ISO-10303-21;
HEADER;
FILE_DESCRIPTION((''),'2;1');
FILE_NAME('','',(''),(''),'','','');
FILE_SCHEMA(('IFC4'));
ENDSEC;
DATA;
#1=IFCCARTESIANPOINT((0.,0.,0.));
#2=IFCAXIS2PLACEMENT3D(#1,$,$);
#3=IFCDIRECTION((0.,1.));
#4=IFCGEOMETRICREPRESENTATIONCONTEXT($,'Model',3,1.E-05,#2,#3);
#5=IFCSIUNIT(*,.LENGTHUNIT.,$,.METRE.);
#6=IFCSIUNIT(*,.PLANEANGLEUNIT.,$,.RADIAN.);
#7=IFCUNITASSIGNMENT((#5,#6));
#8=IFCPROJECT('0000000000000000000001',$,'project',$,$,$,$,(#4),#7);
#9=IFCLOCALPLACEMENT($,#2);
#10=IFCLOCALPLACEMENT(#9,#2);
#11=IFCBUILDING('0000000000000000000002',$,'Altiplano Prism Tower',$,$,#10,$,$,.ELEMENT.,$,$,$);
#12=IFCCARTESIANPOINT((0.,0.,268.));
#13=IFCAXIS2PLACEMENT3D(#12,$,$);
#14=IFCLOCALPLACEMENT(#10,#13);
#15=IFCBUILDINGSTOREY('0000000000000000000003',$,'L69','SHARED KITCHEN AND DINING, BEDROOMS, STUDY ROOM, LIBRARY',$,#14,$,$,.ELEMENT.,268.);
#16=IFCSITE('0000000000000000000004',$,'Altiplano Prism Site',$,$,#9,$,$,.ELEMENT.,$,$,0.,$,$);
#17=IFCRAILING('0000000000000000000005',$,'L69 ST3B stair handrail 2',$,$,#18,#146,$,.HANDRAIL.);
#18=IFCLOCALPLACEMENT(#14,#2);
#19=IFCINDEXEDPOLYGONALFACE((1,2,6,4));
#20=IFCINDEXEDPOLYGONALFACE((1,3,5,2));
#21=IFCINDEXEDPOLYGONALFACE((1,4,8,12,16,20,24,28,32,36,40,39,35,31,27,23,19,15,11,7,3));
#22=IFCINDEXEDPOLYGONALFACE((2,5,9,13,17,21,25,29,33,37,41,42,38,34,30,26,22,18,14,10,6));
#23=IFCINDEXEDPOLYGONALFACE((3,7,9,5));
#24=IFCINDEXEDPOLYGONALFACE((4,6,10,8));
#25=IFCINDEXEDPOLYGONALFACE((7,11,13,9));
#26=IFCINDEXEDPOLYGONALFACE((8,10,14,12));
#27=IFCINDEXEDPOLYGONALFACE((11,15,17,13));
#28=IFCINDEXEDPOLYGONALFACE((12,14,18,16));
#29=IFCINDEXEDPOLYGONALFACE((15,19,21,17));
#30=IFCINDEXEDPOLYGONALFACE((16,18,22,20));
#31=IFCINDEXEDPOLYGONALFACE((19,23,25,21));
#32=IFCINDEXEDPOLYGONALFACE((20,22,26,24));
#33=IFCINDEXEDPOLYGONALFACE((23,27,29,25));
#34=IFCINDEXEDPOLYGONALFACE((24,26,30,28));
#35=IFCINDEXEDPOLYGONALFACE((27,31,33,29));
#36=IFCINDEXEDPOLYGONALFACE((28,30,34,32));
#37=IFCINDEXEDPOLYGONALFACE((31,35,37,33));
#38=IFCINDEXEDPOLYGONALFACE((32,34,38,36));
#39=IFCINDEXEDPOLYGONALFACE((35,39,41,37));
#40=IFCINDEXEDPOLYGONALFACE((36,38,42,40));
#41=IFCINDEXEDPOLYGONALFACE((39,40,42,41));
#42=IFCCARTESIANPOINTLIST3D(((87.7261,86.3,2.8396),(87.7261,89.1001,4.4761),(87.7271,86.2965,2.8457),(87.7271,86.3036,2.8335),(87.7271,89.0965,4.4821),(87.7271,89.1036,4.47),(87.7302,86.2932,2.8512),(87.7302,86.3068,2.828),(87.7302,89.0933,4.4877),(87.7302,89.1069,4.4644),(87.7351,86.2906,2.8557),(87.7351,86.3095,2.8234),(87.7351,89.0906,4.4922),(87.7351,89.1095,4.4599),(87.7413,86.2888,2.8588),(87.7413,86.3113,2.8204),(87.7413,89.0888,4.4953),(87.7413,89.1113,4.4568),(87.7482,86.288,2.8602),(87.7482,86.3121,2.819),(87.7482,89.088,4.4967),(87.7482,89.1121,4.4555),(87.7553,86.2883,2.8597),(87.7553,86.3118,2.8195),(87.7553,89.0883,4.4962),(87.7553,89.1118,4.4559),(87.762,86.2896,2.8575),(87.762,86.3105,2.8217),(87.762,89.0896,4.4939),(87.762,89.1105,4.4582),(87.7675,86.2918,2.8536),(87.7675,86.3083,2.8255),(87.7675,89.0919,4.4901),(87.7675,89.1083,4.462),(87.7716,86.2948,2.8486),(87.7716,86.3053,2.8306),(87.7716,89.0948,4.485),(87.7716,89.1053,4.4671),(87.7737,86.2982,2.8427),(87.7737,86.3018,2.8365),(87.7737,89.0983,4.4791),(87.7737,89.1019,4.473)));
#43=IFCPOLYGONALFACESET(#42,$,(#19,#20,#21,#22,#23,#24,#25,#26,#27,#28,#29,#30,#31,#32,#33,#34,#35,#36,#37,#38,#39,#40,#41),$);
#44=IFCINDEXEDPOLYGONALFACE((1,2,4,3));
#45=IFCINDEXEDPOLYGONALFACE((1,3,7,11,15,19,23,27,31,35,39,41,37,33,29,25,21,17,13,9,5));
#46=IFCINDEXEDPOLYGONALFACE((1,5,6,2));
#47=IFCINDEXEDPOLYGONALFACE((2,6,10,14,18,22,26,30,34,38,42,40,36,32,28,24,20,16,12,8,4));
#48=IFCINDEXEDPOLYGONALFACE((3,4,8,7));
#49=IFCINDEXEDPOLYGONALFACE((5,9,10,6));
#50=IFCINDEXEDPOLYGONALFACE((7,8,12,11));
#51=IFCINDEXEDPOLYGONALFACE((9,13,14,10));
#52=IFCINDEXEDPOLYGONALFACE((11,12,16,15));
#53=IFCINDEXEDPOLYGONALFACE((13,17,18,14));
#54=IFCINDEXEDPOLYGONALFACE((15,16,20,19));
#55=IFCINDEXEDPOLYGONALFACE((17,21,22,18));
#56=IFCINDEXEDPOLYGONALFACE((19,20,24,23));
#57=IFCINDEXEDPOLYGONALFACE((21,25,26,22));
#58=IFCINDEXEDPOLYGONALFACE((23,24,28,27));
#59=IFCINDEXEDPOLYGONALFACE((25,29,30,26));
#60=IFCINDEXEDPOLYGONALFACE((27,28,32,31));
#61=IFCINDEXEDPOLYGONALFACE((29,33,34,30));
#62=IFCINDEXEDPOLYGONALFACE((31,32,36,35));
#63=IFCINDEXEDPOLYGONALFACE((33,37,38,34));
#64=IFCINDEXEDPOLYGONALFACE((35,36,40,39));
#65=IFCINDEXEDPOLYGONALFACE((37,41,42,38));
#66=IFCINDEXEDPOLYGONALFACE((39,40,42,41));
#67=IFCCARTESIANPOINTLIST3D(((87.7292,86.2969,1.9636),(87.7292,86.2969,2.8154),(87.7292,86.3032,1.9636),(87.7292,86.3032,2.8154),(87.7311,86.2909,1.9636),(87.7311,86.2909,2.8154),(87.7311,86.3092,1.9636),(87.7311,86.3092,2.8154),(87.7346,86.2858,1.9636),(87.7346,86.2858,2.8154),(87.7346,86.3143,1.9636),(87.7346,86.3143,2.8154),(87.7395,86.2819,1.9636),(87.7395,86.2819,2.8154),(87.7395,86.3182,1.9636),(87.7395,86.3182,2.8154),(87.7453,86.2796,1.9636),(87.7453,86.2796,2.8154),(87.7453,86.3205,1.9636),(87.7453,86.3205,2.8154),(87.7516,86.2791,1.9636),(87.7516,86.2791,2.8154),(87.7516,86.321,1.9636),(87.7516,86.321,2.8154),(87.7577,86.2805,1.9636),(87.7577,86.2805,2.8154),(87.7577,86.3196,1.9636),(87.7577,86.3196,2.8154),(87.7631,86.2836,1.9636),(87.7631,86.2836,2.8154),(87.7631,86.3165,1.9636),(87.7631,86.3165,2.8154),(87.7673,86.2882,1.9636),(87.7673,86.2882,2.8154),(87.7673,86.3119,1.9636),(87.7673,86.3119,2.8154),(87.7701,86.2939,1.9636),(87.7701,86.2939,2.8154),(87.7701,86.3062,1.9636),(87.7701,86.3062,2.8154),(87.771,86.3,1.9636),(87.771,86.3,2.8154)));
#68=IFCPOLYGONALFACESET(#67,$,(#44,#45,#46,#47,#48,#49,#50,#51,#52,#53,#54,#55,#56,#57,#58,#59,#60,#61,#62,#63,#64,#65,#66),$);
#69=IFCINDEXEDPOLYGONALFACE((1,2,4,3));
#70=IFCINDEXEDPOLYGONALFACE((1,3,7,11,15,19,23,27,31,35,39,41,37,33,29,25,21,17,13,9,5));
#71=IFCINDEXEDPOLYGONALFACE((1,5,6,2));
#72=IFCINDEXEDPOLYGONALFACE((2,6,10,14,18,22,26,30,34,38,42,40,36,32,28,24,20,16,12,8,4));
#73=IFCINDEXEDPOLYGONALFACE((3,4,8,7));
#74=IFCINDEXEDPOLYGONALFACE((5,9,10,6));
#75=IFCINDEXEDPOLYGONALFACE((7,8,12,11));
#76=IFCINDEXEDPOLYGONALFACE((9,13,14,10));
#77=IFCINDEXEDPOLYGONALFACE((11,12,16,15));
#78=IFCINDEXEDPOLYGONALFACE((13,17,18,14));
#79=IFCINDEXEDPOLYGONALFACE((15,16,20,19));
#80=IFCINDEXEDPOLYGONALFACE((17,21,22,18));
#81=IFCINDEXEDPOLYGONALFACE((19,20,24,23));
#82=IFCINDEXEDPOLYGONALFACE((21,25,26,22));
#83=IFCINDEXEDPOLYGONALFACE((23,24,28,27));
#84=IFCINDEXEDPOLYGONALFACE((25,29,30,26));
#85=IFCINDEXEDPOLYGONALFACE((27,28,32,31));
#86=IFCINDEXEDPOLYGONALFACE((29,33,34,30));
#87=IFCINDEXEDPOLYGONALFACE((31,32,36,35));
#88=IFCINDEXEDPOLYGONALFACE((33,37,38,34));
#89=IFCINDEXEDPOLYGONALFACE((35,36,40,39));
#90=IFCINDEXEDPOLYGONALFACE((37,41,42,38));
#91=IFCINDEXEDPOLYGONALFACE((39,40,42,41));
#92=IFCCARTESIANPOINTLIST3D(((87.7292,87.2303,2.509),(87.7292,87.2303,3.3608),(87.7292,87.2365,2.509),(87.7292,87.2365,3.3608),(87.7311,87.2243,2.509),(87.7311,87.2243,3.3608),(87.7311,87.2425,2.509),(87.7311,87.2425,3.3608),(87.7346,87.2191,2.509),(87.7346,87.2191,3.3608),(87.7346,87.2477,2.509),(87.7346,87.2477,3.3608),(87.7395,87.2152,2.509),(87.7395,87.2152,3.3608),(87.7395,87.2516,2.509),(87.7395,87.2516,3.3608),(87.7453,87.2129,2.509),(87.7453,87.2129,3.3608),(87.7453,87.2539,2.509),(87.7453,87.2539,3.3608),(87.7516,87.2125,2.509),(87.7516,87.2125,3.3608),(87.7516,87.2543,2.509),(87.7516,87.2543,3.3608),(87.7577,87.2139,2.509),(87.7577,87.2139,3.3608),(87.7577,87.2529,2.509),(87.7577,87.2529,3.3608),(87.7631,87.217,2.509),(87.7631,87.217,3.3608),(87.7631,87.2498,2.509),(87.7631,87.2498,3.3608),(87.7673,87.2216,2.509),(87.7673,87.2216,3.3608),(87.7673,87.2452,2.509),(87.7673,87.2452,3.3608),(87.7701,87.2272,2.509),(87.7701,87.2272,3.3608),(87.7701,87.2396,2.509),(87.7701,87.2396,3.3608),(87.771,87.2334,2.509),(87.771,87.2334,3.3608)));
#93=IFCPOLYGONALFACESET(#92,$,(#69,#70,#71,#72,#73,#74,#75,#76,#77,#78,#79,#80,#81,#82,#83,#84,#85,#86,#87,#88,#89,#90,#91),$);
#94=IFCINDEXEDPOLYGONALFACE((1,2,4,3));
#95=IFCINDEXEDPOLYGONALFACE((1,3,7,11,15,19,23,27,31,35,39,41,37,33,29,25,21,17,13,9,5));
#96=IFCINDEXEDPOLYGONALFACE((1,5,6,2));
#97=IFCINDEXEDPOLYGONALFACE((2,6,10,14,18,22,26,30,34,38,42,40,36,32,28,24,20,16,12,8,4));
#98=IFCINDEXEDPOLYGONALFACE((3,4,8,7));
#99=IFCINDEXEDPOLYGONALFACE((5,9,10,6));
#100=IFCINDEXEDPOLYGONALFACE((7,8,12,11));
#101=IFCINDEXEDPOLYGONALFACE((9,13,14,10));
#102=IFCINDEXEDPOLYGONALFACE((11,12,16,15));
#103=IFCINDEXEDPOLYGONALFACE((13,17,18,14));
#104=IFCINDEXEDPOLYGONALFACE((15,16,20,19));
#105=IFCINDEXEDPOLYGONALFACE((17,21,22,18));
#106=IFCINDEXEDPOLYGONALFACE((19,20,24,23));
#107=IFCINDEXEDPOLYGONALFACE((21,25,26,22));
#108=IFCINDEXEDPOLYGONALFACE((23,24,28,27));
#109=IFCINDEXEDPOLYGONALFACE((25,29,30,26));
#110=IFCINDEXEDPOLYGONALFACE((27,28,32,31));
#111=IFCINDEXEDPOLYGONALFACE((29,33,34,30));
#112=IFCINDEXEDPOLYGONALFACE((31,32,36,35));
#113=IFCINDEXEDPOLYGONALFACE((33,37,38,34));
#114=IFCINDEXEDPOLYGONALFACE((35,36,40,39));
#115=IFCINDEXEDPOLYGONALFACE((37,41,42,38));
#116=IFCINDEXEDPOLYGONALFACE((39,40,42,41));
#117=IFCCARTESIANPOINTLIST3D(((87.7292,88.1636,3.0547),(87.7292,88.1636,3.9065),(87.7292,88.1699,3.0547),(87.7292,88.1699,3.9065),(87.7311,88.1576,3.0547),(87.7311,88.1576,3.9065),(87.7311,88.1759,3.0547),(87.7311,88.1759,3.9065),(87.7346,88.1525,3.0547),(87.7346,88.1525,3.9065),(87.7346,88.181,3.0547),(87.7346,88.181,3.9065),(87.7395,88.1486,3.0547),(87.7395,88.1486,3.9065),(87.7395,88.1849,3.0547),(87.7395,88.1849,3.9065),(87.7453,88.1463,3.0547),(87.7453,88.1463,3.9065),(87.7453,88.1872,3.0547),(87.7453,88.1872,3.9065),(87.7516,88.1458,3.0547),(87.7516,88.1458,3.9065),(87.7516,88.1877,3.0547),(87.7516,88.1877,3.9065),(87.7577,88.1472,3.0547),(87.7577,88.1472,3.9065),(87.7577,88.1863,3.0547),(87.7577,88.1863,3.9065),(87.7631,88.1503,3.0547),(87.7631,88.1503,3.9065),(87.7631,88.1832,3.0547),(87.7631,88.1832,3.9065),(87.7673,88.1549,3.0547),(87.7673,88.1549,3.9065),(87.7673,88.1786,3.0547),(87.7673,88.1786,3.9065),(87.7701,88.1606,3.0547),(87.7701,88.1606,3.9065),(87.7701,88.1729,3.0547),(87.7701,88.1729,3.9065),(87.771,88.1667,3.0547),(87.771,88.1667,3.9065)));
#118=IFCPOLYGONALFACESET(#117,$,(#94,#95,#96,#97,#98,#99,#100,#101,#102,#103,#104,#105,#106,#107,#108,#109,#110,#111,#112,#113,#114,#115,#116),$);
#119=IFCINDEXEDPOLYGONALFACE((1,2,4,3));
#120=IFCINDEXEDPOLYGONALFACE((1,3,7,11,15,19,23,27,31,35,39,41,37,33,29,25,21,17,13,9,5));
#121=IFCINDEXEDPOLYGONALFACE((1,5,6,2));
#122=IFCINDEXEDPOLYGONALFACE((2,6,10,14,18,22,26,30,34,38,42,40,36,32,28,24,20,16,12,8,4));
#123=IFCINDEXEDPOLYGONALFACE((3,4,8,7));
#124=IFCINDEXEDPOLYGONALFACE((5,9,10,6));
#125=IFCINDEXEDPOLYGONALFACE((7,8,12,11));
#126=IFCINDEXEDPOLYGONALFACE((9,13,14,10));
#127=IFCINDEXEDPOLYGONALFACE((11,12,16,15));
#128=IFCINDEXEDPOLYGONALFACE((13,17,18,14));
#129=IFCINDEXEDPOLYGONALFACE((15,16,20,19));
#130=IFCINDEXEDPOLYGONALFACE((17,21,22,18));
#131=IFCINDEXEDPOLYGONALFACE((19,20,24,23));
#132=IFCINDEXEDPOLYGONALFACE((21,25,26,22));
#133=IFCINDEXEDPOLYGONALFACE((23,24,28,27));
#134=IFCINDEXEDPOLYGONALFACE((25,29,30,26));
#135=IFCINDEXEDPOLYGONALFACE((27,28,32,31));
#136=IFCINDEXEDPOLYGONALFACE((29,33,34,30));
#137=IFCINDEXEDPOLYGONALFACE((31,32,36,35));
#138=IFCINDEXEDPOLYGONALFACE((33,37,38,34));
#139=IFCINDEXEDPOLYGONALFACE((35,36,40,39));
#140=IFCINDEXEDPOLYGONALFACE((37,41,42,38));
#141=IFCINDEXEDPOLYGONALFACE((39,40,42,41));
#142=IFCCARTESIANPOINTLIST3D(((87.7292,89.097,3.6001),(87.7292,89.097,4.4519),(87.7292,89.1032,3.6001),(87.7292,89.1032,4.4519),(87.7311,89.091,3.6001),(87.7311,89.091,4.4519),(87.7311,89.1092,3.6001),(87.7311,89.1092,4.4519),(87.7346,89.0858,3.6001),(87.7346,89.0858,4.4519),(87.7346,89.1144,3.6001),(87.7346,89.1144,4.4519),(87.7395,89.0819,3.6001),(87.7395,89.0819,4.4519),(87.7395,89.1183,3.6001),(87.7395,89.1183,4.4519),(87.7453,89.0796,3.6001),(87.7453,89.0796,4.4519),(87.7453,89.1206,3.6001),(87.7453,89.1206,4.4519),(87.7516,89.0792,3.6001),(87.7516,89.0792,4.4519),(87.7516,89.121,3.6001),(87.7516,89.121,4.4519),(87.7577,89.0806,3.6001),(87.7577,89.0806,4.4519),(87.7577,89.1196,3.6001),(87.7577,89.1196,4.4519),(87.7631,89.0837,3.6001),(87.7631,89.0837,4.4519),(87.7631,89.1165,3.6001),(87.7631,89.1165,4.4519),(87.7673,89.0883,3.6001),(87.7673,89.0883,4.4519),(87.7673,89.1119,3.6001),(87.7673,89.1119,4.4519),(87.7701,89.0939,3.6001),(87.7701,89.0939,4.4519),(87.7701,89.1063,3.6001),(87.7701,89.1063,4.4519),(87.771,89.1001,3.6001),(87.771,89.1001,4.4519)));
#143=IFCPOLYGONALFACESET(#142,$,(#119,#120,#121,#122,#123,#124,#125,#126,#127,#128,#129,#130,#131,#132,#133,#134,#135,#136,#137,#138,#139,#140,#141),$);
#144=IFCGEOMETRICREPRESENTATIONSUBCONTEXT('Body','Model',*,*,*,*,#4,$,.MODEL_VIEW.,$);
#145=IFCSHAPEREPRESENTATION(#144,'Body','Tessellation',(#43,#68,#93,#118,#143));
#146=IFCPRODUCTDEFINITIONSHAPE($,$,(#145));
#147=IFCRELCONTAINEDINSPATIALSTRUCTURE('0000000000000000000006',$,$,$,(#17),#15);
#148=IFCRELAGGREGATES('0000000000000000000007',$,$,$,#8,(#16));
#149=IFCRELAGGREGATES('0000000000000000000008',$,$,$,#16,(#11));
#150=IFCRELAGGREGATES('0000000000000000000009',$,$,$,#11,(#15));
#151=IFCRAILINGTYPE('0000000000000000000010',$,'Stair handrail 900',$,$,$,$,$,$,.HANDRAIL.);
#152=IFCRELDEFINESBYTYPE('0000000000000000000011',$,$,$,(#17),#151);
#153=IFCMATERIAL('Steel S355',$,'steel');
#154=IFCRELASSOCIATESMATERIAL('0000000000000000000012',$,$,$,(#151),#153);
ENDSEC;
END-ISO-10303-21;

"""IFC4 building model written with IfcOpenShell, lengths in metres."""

from ifc_helpers import new_model, si_unit, direction, frame, origin, origin_2d, place, context, subcontext, project, spatial, circle, extrude, material, type_object, element, save


model = new_model("IFC4")

# Units and contexts
model_context = context("Model", 3, precision=1e-05, world=origin(), true_north=direction((0.0, 1.0)))
body_context = subcontext(model_context, "Body", "Model", "MODEL_VIEW")
ifc_project = project(units=[si_unit("LENGTHUNIT", "METRE"), si_unit("PLANEANGLEUNIT", "RADIAN")], contexts=[model_context])

# Site, building, storey
site_placement = place(None, origin())
site = spatial("IfcSite", under=ifc_project, at=site_placement, Name="Altiplano Prism Site", CompositionType="ELEMENT", RefElevation=0.0)
building_placement = place(site_placement, origin())
building = spatial("IfcBuilding", under=site, at=building_placement, Name="Altiplano Prism Tower", CompositionType="ELEMENT")
storey_placement = place(building_placement, frame((0.0, 0.0, 268.0)))
storey = spatial("IfcBuildingStorey", under=building, at=storey_placement, Name="L69", Description="SHARED KITCHEN AND DINING, BEDROOMS, STUDY ROOM, LIBRARY", CompositionType="ELEMENT", Elevation=268.0)

# Railing
ifc_material_1 = material(Name="Steel S355", Category="steel")
railing_type_1 = type_object("IfcRailingType", Name="Stair handrail 900", PredefinedType="HANDRAIL", material=ifc_material_1)
railing_1_placement = place(storey_placement, frame((87.75, 86.3, 1.9636)))
element("IfcRailing", 1, at=railing_1_placement, inside=storey, type_object=railing_type_1, Name="L69 ST3B stair handrail 2", PredefinedType="HANDRAIL", context=body_context, shape_type="SweptSolid", body=[
    extrude(circle(Radius=0.0239, at=origin_2d()), frame((0.0, 0.0, 0.876), z_axis=(0.0, 0.863361, 0.504587), x_axis=(-1.0, 0.0, 0.0)), (0.0, 0.0, 1.0), 3.2432),
    extrude(circle(Radius=0.021, at=origin_2d()), origin(), (0.0, 0.0, 1.0), 0.8518),
    extrude(circle(Radius=0.021, at=origin_2d()), frame((0.0, 0.9333, 0.5454)), (0.0, 0.0, 1.0), 0.8518),
    extrude(circle(Radius=0.021, at=origin_2d()), frame((0.0, 1.8667, 1.0911)), (0.0, 0.0, 1.0), 0.8518),
    extrude(circle(Radius=0.021, at=origin_2d()), frame((0.0, 2.8, 1.6365)), (0.0, 0.0, 1.0), 0.8518),
])

save(model, "model.ifc")
